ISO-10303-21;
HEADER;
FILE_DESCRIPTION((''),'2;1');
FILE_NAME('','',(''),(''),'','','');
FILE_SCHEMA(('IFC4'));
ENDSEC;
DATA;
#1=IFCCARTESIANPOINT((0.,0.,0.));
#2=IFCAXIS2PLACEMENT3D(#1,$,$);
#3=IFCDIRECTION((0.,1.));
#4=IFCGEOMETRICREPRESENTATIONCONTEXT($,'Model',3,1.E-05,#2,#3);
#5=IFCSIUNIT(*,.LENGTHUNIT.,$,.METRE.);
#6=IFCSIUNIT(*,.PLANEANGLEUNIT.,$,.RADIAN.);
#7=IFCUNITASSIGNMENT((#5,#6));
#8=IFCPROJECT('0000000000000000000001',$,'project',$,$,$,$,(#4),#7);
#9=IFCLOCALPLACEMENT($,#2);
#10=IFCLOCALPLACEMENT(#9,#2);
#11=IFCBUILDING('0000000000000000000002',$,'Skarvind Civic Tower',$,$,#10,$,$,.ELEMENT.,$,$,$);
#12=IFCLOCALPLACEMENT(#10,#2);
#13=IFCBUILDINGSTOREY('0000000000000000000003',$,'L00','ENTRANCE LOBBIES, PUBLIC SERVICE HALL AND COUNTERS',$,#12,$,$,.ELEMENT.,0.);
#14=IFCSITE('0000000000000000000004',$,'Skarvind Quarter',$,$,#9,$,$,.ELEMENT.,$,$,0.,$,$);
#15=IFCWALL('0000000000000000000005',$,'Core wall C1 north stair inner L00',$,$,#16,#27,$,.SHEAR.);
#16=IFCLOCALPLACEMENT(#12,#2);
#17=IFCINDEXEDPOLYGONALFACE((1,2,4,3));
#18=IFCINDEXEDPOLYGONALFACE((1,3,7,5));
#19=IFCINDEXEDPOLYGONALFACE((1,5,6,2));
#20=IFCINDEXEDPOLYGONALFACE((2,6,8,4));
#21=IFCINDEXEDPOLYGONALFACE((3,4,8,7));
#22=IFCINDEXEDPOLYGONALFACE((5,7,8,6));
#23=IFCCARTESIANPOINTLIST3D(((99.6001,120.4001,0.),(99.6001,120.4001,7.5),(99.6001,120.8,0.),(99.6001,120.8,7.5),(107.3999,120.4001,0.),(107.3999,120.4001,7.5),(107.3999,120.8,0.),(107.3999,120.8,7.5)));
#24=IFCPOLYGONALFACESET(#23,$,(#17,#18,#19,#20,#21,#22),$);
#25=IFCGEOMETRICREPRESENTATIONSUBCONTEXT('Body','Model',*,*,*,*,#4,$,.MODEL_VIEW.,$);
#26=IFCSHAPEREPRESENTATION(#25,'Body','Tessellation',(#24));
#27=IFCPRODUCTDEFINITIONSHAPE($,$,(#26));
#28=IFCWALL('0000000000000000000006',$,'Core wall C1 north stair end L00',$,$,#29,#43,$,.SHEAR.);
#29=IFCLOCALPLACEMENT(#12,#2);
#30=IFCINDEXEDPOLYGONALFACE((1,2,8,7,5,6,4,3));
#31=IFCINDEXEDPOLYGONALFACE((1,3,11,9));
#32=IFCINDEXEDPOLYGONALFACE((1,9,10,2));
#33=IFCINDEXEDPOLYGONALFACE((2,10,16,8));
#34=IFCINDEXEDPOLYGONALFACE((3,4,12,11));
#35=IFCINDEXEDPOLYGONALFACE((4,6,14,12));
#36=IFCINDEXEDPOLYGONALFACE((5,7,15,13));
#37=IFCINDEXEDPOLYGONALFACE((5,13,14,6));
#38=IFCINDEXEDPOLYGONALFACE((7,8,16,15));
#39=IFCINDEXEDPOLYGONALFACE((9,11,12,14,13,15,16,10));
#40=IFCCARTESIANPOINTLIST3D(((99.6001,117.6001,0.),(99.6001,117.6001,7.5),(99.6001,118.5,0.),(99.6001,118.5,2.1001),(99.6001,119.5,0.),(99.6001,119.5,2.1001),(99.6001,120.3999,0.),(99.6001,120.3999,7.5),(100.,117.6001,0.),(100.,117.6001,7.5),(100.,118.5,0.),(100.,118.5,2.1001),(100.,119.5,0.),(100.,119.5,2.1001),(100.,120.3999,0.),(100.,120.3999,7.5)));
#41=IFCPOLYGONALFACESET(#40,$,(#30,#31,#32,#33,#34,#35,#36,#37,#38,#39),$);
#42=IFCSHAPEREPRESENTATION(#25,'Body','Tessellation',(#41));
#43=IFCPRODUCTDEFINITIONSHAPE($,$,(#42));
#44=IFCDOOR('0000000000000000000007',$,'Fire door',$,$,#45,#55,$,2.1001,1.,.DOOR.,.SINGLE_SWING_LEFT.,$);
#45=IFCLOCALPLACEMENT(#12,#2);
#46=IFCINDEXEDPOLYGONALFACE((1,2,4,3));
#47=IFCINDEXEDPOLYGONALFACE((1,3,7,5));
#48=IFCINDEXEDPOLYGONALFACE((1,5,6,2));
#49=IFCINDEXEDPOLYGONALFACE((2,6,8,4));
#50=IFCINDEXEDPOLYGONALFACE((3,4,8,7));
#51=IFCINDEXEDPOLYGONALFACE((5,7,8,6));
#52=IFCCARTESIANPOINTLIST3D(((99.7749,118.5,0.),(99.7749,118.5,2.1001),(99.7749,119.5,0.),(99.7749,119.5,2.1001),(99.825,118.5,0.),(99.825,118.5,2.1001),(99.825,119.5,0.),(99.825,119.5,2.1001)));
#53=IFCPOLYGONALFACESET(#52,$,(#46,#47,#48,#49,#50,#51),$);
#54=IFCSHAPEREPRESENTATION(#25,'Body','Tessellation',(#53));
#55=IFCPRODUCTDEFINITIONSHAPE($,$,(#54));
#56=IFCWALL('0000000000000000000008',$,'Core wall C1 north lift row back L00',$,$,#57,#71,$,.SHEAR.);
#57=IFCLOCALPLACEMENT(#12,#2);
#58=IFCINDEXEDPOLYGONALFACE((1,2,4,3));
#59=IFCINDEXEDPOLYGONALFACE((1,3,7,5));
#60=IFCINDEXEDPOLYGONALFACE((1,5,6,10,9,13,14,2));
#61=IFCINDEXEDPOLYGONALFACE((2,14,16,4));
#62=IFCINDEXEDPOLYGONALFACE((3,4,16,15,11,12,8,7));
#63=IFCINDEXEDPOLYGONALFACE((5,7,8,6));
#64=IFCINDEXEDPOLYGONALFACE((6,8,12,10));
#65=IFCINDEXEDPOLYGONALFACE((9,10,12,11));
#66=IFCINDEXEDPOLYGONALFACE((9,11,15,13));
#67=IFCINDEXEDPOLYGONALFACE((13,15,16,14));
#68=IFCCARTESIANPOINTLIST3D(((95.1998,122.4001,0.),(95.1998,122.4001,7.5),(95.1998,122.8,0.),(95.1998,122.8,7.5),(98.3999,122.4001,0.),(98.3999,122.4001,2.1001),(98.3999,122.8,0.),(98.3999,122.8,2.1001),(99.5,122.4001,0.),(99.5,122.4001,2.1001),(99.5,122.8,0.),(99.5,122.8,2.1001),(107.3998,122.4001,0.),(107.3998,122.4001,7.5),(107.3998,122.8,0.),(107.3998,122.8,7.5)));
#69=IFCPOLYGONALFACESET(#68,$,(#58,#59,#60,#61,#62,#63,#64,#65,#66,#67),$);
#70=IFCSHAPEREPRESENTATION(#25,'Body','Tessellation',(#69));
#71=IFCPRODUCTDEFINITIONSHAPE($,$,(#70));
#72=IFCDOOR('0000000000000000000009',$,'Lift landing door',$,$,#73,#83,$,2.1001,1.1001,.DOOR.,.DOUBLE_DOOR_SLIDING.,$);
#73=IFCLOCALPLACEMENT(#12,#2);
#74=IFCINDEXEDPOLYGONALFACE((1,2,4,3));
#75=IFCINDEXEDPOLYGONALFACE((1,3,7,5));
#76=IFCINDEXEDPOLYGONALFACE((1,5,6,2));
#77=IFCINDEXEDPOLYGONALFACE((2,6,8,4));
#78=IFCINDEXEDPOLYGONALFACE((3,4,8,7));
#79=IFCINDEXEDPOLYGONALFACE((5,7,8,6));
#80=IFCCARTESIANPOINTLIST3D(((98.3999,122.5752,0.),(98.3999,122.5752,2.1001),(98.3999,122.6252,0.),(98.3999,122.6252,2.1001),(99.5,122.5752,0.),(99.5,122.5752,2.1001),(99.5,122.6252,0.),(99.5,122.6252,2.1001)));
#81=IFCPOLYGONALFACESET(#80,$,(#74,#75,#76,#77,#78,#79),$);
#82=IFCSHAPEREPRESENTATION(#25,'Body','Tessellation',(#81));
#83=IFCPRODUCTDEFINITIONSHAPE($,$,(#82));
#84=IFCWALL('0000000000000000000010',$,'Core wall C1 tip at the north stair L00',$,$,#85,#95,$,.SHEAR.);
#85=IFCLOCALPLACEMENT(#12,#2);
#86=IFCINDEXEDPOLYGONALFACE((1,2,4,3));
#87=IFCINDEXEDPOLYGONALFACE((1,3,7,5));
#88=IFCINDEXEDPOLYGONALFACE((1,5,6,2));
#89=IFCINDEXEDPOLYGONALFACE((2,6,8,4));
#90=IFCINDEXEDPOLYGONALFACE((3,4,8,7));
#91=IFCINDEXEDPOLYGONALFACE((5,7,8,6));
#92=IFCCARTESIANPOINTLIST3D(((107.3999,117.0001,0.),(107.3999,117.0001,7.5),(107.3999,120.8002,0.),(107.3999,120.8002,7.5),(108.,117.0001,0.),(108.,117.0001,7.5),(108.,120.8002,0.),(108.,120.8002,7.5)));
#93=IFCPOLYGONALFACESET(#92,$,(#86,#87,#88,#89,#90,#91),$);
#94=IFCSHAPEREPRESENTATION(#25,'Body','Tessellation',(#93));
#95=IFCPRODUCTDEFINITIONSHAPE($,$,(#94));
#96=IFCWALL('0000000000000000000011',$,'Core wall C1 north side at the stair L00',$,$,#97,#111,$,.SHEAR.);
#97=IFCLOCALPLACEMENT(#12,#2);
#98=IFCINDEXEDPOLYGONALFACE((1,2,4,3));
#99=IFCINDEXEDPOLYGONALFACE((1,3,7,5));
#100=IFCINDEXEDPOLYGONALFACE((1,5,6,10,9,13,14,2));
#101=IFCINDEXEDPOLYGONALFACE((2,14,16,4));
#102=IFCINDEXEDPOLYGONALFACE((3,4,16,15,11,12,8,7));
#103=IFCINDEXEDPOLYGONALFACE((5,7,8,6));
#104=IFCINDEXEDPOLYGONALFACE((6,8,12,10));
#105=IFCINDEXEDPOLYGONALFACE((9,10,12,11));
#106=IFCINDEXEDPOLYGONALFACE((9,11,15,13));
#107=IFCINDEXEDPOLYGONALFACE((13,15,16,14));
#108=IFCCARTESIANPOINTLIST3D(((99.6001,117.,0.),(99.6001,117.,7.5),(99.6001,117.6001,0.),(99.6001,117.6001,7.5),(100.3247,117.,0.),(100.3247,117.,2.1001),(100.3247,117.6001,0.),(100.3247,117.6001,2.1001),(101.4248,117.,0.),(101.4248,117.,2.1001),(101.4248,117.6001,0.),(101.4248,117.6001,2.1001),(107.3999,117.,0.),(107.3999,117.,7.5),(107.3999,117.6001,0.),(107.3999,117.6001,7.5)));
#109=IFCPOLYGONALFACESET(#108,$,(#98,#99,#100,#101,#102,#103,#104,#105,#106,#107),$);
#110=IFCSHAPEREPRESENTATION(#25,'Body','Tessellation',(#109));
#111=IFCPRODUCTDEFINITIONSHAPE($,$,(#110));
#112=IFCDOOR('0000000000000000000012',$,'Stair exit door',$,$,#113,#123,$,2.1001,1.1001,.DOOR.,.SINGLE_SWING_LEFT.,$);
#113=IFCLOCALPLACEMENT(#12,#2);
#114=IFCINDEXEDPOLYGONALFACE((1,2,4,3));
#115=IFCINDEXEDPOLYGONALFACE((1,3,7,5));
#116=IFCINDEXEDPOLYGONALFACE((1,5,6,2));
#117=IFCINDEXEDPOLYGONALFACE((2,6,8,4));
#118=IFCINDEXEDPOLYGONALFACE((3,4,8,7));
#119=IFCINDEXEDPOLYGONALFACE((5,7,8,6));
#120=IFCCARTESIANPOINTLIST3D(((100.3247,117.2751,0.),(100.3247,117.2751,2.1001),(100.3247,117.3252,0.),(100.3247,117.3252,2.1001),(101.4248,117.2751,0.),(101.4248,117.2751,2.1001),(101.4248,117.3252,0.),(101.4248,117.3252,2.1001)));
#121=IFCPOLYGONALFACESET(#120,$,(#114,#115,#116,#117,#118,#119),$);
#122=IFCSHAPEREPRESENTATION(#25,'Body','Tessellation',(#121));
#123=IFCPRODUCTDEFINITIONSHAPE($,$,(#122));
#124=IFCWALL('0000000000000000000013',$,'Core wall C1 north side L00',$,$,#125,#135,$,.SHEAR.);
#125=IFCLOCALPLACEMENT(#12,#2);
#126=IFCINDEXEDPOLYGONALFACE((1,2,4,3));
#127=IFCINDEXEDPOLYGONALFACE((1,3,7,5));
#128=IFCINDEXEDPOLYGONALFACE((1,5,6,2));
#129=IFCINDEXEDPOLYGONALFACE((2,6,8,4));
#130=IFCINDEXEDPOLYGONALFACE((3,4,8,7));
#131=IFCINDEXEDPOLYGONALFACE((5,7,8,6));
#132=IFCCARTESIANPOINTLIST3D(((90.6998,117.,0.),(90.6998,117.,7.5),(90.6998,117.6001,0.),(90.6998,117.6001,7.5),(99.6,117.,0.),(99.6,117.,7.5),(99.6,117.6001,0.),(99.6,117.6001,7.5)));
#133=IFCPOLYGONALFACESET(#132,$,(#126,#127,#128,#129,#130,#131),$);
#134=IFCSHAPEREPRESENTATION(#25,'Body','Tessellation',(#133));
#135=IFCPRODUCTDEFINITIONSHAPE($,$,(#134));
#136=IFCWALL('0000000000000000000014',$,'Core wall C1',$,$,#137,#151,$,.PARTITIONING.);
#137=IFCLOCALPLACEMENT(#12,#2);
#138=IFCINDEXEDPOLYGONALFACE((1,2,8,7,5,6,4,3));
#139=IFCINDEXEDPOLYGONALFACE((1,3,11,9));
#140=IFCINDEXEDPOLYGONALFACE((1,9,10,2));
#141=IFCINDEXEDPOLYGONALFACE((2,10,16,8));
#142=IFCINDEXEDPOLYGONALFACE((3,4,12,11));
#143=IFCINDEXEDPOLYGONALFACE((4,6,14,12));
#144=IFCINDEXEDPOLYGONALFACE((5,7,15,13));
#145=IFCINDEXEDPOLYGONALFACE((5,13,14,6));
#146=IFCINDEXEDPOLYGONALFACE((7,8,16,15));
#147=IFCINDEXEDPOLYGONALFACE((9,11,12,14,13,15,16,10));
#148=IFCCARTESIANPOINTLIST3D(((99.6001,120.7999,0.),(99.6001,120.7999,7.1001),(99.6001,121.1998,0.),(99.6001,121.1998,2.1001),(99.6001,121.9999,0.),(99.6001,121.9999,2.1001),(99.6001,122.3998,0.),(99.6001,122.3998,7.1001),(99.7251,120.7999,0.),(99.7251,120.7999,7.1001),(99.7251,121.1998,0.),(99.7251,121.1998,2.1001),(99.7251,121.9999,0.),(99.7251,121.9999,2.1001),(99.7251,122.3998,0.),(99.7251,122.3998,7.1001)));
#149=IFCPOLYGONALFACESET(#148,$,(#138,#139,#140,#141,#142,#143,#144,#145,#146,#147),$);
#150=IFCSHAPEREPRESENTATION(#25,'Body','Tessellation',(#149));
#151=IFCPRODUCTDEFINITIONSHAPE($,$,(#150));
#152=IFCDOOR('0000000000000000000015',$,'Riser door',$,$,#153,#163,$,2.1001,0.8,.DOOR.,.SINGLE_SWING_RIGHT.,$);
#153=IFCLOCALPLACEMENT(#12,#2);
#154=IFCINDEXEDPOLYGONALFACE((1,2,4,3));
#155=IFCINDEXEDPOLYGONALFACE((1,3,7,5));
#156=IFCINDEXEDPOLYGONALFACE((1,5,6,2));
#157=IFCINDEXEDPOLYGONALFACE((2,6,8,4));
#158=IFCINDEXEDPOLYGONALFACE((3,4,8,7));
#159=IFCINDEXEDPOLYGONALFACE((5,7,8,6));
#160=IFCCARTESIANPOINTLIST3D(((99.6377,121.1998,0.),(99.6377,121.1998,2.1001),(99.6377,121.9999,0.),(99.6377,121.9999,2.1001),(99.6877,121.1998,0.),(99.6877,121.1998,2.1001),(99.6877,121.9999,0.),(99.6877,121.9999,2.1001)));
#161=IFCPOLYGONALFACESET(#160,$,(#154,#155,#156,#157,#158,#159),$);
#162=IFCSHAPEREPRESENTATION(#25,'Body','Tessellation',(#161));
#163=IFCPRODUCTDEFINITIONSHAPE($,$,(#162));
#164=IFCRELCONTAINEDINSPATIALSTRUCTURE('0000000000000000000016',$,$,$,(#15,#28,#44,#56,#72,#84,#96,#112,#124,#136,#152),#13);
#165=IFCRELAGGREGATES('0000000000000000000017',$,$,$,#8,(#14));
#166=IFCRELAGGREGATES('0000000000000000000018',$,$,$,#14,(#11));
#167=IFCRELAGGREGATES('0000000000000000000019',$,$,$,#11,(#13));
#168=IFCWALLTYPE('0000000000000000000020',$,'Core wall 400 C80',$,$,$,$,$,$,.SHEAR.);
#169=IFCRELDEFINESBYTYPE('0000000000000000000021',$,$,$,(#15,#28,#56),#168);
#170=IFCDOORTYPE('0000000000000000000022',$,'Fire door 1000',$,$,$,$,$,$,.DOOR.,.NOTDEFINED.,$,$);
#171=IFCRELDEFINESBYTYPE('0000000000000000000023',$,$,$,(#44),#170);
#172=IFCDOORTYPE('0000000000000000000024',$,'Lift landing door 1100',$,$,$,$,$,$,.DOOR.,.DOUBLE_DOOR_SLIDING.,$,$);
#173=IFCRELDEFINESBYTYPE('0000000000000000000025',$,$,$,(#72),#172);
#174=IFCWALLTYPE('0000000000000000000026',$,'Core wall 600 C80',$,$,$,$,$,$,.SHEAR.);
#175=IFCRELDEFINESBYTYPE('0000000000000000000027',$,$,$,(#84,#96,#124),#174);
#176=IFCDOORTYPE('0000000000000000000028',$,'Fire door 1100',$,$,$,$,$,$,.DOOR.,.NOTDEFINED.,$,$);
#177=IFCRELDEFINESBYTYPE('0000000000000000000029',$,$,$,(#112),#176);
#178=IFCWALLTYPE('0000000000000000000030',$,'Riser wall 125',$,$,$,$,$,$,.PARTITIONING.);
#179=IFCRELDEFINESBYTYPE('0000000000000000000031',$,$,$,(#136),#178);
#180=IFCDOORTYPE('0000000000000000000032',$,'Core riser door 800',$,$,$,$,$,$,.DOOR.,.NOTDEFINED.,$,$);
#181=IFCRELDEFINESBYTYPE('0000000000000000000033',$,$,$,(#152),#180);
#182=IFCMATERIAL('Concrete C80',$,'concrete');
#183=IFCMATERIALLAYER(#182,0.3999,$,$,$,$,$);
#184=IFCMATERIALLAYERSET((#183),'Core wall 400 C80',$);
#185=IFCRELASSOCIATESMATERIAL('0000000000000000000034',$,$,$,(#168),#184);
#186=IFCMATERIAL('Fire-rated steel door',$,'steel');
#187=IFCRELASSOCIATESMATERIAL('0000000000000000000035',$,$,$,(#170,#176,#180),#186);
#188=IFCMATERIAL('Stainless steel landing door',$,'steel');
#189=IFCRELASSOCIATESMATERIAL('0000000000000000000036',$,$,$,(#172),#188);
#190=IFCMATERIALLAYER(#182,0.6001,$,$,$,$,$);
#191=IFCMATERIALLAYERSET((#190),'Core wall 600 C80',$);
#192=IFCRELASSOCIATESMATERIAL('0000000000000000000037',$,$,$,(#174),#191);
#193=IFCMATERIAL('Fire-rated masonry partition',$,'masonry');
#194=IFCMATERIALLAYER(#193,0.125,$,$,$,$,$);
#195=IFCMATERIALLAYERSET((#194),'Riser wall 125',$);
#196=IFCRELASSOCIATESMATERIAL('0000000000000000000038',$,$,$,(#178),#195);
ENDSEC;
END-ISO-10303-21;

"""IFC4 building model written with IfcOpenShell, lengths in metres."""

from ifc_helpers import new_model, si_unit, direction, frame, frame_2d, origin, place, context, subcontext, project, spatial, rectangle, extrude, material, layer, layer_set, type_object, element, fill, save


model = new_model("IFC4")

# Units and contexts
model_context = context("Model", 3, precision=1e-05, world=origin(), true_north=direction((0.0, 1.0)))
body_context = subcontext(model_context, "Body", "Model", "MODEL_VIEW")
ifc_project = project(units=[si_unit("LENGTHUNIT", "METRE"), si_unit("PLANEANGLEUNIT", "RADIAN")], contexts=[model_context])

# Site, building, storey
site_placement = place(None, origin())
site = spatial("IfcSite", under=ifc_project, at=site_placement, Name="Skarvind Quarter", CompositionType="ELEMENT", RefElevation=0.0)
building_placement = place(site_placement, origin())
building = spatial("IfcBuilding", under=site, at=building_placement, Name="Skarvind Civic Tower", CompositionType="ELEMENT")
storey_placement = place(building_placement, origin())
storey = spatial("IfcBuildingStorey", under=building, at=storey_placement, Name="L00", Description="ENTRANCE LOBBIES, PUBLIC SERVICE HALL AND COUNTERS", CompositionType="ELEMENT", Elevation=0.0)

# Wall
ifc_material_1 = material(Name="Concrete C80", Category="concrete")
ifc_layer_1 = layer(ifc_material_1, 0.3999)
ifc_layer_set_1 = layer_set([ifc_layer_1], Name="Core wall 400 C80")
wall_type_1 = type_object("IfcWallType", Name="Core wall 400 C80", PredefinedType="SHEAR", material=ifc_layer_set_1)
wall_1_placement = place(storey_placement, frame((107.3999, 120.6001, 0.0), z_axis=(0.0, 0.0, 1.0), x_axis=(-1.0, 0.0, 0.0)))
element("IfcWall", 1, at=wall_1_placement, inside=storey, type_object=wall_type_1, Name="Core wall C1 north stair inner L00", PredefinedType="SHEAR", context=body_context, shape_type="SweptSolid", body=[
    extrude(rectangle(XDim=7.7998, YDim=0.3999, at=frame_2d((3.8999, 0.0))), origin(), (0.0, 0.0, 1.0), 7.5),
])

# Walls, openings, doors
wall_2_placement = place(storey_placement, frame((99.8, 120.3999, 0.0), z_axis=(0.0, 0.0, 1.0), x_axis=(0.0, -1.0, 0.0)))
wall_2 = element("IfcWall", 2, at=wall_2_placement, inside=storey, type_object=wall_type_1, Name="Core wall C1 north stair end L00", PredefinedType="SHEAR", context=body_context, shape_type="SweptSolid", body=[
    extrude(rectangle(XDim=2.7998, YDim=0.3999, at=frame_2d((1.3999, 0.0))), origin(), (0.0, 0.0, 1.0), 7.5),
])
opening_1_placement = place(wall_2_placement, frame((0.8999, 0.0, 0.0)))
opening_1 = element("IfcOpeningElement", 3, at=opening_1_placement, cuts=wall_2, PredefinedType="OPENING", context=body_context, shape_type="SweptSolid", body=[
    extrude(rectangle(XDim=1.0, YDim=2.1001, at=frame_2d((0.5, 1.05))), frame((0.0, 0.21, 0.0), z_axis=(0.0, -1.0, 0.0), x_axis=(1.0, 0.0, 0.0)), (0.0, 0.0, 1.0), 0.4199),
])
ifc_material_2 = material(Name="Fire-rated steel door", Category="steel")
door_type_1 = type_object("IfcDoorType", Name="Fire door 1000", OperationType="NOTDEFINED", PredefinedType="DOOR", material=ifc_material_2)
door_1_placement = place(opening_1_placement, origin())
door_1 = element("IfcDoor", 4, at=door_1_placement, inside=storey, type_object=door_type_1, Name="Fire door", OperationType="SINGLE_SWING_LEFT", OverallHeight=2.1001, OverallWidth=1.0, PredefinedType="DOOR", context=body_context, shape_type="SweptSolid", body=[
    extrude(rectangle(XDim=1.0, YDim=2.1001, at=frame_2d((0.5, 1.05))), frame((0.0, 0.0249, 0.0), z_axis=(0.0, -1.0, 0.0), x_axis=(1.0, 0.0, 0.0)), (0.0, 0.0, 1.0), 0.05),
])
fill(opening_1, door_1)
wall_3_placement = place(storey_placement, frame((107.3999, 122.6001, 0.0), z_axis=(0.0, 0.0, 1.0), x_axis=(-1.0, 0.0, 0.0)))
wall_3 = element("IfcWall", 5, at=wall_3_placement, inside=storey, type_object=wall_type_1, Name="Core wall C1 north lift row back L00", PredefinedType="SHEAR", context=body_context, shape_type="SweptSolid", body=[
    extrude(rectangle(XDim=12.2, YDim=0.3999, at=frame_2d((6.1001, 0.0))), origin(), (0.0, 0.0, 1.0), 7.5),
])
opening_2_placement = place(wall_3_placement, frame((7.8999, 0.0, 0.0)))
opening_2 = element("IfcOpeningElement", 6, at=opening_2_placement, cuts=wall_3, PredefinedType="OPENING", context=body_context, shape_type="SweptSolid", body=[
    extrude(rectangle(XDim=1.1001, YDim=2.1001, at=frame_2d((0.55, 1.05))), frame((0.0, 0.21, 0.0), z_axis=(0.0, -1.0, 0.0), x_axis=(1.0, 0.0, 0.0)), (0.0, 0.0, 1.0), 0.4199),
])
ifc_material_3 = material(Name="Stainless steel landing door", Category="steel")
door_type_2 = type_object("IfcDoorType", Name="Lift landing door 1100", OperationType="DOUBLE_DOOR_SLIDING", PredefinedType="DOOR", material=ifc_material_3)
door_2_placement = place(opening_2_placement, origin())
door_2 = element("IfcDoor", 7, at=door_2_placement, inside=storey, type_object=door_type_2, Name="Lift landing door", OperationType="DOUBLE_DOOR_SLIDING", OverallHeight=2.1001, OverallWidth=1.1001, PredefinedType="DOOR", context=body_context, shape_type="SweptSolid", body=[
    extrude(rectangle(XDim=1.1001, YDim=2.1001, at=frame_2d((0.55, 1.05))), frame((0.0, 0.0249, 0.0), z_axis=(0.0, -1.0, 0.0), x_axis=(1.0, 0.0, 0.0)), (0.0, 0.0, 1.0), 0.05),
])
fill(opening_2, door_2)

# Wall
ifc_layer_2 = layer(ifc_material_1, 0.6001)
ifc_layer_set_2 = layer_set([ifc_layer_2], Name="Core wall 600 C80")
wall_type_2 = type_object("IfcWallType", Name="Core wall 600 C80", PredefinedType="SHEAR", material=ifc_layer_set_2)
wall_4_placement = place(storey_placement, frame((107.7, 120.8, 0.0), z_axis=(0.0, 0.0, 1.0), x_axis=(0.0, -1.0, 0.0)))
element("IfcWall", 8, at=wall_4_placement, inside=storey, type_object=wall_type_2, Name="Core wall C1 tip at the north stair L00", PredefinedType="SHEAR", context=body_context, shape_type="SweptSolid", body=[
    extrude(rectangle(XDim=3.8, YDim=0.6001, at=frame_2d((1.8999, 0.0))), origin(), (0.0, 0.0, 1.0), 7.5),
])

# Wall, opening, door
wall_5_placement = place(storey_placement, frame((107.3999, 117.3, 0.0), z_axis=(0.0, 0.0, 1.0), x_axis=(-1.0, 0.0, 0.0)))
wall_5 = element("IfcWall", 9, at=wall_5_placement, inside=storey, type_object=wall_type_2, Name="Core wall C1 north side at the stair L00", PredefinedType="SHEAR", context=body_context, shape_type="SweptSolid", body=[
    extrude(rectangle(XDim=7.7998, YDim=0.6001, at=frame_2d((3.8999, 0.0))), origin(), (0.0, 0.0, 1.0), 7.5),
])
opening_3_placement = place(wall_5_placement, frame((5.9751, 0.0, 0.0)))
opening_3 = element("IfcOpeningElement", 10, at=opening_3_placement, cuts=wall_5, PredefinedType="OPENING", context=body_context, shape_type="SweptSolid", body=[
    extrude(rectangle(XDim=1.1001, YDim=2.1001, at=frame_2d((0.55, 1.05))), frame((0.0, 0.3101, 0.0), z_axis=(0.0, -1.0, 0.0), x_axis=(1.0, 0.0, 0.0)), (0.0, 0.0, 1.0), 0.6201),
])
door_type_3 = type_object("IfcDoorType", Name="Fire door 1100", OperationType="NOTDEFINED", PredefinedType="DOOR", material=ifc_material_2)
door_3_placement = place(opening_3_placement, origin())
door_3 = element("IfcDoor", 11, at=door_3_placement, inside=storey, type_object=door_type_3, Name="Stair exit door", OperationType="SINGLE_SWING_LEFT", OverallHeight=2.1001, OverallWidth=1.1001, PredefinedType="DOOR", context=body_context, shape_type="SweptSolid", body=[
    extrude(rectangle(XDim=1.1001, YDim=2.1001, at=frame_2d((0.55, 1.05))), frame((0.0, 0.0249, 0.0), z_axis=(0.0, -1.0, 0.0), x_axis=(1.0, 0.0, 0.0)), (0.0, 0.0, 1.0), 0.05),
])
fill(opening_3, door_3)

# Wall
wall_6_placement = place(storey_placement, frame((99.6001, 117.3, 0.0), z_axis=(0.0, 0.0, 1.0), x_axis=(-1.0, 0.0, 0.0)))
element("IfcWall", 12, at=wall_6_placement, inside=storey, type_object=wall_type_2, Name="Core wall C1 north side L00", PredefinedType="SHEAR", context=body_context, shape_type="SweptSolid", body=[
    extrude(rectangle(XDim=8.9001, YDim=0.6001, at=frame_2d((4.4502, 0.0))), origin(), (0.0, 0.0, 1.0), 7.5),
])

# Wall, opening, door
ifc_material_4 = material(Name="Fire-rated masonry partition", Category="masonry")
ifc_layer_3 = layer(ifc_material_4, 0.125)
ifc_layer_set_3 = layer_set([ifc_layer_3], Name="Riser wall 125")
wall_type_3 = type_object("IfcWallType", Name="Riser wall 125", PredefinedType="PARTITIONING", material=ifc_layer_set_3)
wall_7_placement = place(storey_placement, frame((99.6626, 120.8, 0.0), z_axis=(0.0, 0.0, 1.0), x_axis=(0.0, 1.0, 0.0)))
wall_7 = element("IfcWall", 13, at=wall_7_placement, inside=storey, type_object=wall_type_3, Name="Core wall C1", PredefinedType="PARTITIONING", context=body_context, shape_type="SweptSolid", body=[
    extrude(rectangle(XDim=1.5999, YDim=0.125, at=frame_2d((0.7998, 0.0))), origin(), (0.0, 0.0, 1.0), 7.1001),
])
opening_4_placement = place(wall_7_placement, frame((0.3999, 0.0, 0.0)))
opening_4 = element("IfcOpeningElement", 14, at=opening_4_placement, cuts=wall_7, PredefinedType="OPENING", context=body_context, shape_type="SweptSolid", body=[
    extrude(rectangle(XDim=0.8, YDim=2.1001, at=frame_2d((0.3999, 1.05))), frame((0.0, 0.0725, 0.0), z_axis=(0.0, -1.0, 0.0), x_axis=(1.0, 0.0, 0.0)), (0.0, 0.0, 1.0), 0.145),
])
door_type_4 = type_object("IfcDoorType", Name="Core riser door 800", OperationType="NOTDEFINED", PredefinedType="DOOR", material=ifc_material_2)
door_4_placement = place(opening_4_placement, origin())
door_4 = element("IfcDoor", 15, at=door_4_placement, inside=storey, type_object=door_type_4, Name="Riser door", OperationType="SINGLE_SWING_RIGHT", OverallHeight=2.1001, OverallWidth=0.8, PredefinedType="DOOR", context=body_context, shape_type="SweptSolid", body=[
    extrude(rectangle(XDim=0.8, YDim=2.1001, at=frame_2d((0.3999, 1.05))), frame((0.0, 0.0249, 0.0), z_axis=(0.0, -1.0, 0.0), x_axis=(1.0, 0.0, 0.0)), (0.0, 0.0, 1.0), 0.05),
])
fill(opening_4, door_4)

save(model, "model.ifc")
